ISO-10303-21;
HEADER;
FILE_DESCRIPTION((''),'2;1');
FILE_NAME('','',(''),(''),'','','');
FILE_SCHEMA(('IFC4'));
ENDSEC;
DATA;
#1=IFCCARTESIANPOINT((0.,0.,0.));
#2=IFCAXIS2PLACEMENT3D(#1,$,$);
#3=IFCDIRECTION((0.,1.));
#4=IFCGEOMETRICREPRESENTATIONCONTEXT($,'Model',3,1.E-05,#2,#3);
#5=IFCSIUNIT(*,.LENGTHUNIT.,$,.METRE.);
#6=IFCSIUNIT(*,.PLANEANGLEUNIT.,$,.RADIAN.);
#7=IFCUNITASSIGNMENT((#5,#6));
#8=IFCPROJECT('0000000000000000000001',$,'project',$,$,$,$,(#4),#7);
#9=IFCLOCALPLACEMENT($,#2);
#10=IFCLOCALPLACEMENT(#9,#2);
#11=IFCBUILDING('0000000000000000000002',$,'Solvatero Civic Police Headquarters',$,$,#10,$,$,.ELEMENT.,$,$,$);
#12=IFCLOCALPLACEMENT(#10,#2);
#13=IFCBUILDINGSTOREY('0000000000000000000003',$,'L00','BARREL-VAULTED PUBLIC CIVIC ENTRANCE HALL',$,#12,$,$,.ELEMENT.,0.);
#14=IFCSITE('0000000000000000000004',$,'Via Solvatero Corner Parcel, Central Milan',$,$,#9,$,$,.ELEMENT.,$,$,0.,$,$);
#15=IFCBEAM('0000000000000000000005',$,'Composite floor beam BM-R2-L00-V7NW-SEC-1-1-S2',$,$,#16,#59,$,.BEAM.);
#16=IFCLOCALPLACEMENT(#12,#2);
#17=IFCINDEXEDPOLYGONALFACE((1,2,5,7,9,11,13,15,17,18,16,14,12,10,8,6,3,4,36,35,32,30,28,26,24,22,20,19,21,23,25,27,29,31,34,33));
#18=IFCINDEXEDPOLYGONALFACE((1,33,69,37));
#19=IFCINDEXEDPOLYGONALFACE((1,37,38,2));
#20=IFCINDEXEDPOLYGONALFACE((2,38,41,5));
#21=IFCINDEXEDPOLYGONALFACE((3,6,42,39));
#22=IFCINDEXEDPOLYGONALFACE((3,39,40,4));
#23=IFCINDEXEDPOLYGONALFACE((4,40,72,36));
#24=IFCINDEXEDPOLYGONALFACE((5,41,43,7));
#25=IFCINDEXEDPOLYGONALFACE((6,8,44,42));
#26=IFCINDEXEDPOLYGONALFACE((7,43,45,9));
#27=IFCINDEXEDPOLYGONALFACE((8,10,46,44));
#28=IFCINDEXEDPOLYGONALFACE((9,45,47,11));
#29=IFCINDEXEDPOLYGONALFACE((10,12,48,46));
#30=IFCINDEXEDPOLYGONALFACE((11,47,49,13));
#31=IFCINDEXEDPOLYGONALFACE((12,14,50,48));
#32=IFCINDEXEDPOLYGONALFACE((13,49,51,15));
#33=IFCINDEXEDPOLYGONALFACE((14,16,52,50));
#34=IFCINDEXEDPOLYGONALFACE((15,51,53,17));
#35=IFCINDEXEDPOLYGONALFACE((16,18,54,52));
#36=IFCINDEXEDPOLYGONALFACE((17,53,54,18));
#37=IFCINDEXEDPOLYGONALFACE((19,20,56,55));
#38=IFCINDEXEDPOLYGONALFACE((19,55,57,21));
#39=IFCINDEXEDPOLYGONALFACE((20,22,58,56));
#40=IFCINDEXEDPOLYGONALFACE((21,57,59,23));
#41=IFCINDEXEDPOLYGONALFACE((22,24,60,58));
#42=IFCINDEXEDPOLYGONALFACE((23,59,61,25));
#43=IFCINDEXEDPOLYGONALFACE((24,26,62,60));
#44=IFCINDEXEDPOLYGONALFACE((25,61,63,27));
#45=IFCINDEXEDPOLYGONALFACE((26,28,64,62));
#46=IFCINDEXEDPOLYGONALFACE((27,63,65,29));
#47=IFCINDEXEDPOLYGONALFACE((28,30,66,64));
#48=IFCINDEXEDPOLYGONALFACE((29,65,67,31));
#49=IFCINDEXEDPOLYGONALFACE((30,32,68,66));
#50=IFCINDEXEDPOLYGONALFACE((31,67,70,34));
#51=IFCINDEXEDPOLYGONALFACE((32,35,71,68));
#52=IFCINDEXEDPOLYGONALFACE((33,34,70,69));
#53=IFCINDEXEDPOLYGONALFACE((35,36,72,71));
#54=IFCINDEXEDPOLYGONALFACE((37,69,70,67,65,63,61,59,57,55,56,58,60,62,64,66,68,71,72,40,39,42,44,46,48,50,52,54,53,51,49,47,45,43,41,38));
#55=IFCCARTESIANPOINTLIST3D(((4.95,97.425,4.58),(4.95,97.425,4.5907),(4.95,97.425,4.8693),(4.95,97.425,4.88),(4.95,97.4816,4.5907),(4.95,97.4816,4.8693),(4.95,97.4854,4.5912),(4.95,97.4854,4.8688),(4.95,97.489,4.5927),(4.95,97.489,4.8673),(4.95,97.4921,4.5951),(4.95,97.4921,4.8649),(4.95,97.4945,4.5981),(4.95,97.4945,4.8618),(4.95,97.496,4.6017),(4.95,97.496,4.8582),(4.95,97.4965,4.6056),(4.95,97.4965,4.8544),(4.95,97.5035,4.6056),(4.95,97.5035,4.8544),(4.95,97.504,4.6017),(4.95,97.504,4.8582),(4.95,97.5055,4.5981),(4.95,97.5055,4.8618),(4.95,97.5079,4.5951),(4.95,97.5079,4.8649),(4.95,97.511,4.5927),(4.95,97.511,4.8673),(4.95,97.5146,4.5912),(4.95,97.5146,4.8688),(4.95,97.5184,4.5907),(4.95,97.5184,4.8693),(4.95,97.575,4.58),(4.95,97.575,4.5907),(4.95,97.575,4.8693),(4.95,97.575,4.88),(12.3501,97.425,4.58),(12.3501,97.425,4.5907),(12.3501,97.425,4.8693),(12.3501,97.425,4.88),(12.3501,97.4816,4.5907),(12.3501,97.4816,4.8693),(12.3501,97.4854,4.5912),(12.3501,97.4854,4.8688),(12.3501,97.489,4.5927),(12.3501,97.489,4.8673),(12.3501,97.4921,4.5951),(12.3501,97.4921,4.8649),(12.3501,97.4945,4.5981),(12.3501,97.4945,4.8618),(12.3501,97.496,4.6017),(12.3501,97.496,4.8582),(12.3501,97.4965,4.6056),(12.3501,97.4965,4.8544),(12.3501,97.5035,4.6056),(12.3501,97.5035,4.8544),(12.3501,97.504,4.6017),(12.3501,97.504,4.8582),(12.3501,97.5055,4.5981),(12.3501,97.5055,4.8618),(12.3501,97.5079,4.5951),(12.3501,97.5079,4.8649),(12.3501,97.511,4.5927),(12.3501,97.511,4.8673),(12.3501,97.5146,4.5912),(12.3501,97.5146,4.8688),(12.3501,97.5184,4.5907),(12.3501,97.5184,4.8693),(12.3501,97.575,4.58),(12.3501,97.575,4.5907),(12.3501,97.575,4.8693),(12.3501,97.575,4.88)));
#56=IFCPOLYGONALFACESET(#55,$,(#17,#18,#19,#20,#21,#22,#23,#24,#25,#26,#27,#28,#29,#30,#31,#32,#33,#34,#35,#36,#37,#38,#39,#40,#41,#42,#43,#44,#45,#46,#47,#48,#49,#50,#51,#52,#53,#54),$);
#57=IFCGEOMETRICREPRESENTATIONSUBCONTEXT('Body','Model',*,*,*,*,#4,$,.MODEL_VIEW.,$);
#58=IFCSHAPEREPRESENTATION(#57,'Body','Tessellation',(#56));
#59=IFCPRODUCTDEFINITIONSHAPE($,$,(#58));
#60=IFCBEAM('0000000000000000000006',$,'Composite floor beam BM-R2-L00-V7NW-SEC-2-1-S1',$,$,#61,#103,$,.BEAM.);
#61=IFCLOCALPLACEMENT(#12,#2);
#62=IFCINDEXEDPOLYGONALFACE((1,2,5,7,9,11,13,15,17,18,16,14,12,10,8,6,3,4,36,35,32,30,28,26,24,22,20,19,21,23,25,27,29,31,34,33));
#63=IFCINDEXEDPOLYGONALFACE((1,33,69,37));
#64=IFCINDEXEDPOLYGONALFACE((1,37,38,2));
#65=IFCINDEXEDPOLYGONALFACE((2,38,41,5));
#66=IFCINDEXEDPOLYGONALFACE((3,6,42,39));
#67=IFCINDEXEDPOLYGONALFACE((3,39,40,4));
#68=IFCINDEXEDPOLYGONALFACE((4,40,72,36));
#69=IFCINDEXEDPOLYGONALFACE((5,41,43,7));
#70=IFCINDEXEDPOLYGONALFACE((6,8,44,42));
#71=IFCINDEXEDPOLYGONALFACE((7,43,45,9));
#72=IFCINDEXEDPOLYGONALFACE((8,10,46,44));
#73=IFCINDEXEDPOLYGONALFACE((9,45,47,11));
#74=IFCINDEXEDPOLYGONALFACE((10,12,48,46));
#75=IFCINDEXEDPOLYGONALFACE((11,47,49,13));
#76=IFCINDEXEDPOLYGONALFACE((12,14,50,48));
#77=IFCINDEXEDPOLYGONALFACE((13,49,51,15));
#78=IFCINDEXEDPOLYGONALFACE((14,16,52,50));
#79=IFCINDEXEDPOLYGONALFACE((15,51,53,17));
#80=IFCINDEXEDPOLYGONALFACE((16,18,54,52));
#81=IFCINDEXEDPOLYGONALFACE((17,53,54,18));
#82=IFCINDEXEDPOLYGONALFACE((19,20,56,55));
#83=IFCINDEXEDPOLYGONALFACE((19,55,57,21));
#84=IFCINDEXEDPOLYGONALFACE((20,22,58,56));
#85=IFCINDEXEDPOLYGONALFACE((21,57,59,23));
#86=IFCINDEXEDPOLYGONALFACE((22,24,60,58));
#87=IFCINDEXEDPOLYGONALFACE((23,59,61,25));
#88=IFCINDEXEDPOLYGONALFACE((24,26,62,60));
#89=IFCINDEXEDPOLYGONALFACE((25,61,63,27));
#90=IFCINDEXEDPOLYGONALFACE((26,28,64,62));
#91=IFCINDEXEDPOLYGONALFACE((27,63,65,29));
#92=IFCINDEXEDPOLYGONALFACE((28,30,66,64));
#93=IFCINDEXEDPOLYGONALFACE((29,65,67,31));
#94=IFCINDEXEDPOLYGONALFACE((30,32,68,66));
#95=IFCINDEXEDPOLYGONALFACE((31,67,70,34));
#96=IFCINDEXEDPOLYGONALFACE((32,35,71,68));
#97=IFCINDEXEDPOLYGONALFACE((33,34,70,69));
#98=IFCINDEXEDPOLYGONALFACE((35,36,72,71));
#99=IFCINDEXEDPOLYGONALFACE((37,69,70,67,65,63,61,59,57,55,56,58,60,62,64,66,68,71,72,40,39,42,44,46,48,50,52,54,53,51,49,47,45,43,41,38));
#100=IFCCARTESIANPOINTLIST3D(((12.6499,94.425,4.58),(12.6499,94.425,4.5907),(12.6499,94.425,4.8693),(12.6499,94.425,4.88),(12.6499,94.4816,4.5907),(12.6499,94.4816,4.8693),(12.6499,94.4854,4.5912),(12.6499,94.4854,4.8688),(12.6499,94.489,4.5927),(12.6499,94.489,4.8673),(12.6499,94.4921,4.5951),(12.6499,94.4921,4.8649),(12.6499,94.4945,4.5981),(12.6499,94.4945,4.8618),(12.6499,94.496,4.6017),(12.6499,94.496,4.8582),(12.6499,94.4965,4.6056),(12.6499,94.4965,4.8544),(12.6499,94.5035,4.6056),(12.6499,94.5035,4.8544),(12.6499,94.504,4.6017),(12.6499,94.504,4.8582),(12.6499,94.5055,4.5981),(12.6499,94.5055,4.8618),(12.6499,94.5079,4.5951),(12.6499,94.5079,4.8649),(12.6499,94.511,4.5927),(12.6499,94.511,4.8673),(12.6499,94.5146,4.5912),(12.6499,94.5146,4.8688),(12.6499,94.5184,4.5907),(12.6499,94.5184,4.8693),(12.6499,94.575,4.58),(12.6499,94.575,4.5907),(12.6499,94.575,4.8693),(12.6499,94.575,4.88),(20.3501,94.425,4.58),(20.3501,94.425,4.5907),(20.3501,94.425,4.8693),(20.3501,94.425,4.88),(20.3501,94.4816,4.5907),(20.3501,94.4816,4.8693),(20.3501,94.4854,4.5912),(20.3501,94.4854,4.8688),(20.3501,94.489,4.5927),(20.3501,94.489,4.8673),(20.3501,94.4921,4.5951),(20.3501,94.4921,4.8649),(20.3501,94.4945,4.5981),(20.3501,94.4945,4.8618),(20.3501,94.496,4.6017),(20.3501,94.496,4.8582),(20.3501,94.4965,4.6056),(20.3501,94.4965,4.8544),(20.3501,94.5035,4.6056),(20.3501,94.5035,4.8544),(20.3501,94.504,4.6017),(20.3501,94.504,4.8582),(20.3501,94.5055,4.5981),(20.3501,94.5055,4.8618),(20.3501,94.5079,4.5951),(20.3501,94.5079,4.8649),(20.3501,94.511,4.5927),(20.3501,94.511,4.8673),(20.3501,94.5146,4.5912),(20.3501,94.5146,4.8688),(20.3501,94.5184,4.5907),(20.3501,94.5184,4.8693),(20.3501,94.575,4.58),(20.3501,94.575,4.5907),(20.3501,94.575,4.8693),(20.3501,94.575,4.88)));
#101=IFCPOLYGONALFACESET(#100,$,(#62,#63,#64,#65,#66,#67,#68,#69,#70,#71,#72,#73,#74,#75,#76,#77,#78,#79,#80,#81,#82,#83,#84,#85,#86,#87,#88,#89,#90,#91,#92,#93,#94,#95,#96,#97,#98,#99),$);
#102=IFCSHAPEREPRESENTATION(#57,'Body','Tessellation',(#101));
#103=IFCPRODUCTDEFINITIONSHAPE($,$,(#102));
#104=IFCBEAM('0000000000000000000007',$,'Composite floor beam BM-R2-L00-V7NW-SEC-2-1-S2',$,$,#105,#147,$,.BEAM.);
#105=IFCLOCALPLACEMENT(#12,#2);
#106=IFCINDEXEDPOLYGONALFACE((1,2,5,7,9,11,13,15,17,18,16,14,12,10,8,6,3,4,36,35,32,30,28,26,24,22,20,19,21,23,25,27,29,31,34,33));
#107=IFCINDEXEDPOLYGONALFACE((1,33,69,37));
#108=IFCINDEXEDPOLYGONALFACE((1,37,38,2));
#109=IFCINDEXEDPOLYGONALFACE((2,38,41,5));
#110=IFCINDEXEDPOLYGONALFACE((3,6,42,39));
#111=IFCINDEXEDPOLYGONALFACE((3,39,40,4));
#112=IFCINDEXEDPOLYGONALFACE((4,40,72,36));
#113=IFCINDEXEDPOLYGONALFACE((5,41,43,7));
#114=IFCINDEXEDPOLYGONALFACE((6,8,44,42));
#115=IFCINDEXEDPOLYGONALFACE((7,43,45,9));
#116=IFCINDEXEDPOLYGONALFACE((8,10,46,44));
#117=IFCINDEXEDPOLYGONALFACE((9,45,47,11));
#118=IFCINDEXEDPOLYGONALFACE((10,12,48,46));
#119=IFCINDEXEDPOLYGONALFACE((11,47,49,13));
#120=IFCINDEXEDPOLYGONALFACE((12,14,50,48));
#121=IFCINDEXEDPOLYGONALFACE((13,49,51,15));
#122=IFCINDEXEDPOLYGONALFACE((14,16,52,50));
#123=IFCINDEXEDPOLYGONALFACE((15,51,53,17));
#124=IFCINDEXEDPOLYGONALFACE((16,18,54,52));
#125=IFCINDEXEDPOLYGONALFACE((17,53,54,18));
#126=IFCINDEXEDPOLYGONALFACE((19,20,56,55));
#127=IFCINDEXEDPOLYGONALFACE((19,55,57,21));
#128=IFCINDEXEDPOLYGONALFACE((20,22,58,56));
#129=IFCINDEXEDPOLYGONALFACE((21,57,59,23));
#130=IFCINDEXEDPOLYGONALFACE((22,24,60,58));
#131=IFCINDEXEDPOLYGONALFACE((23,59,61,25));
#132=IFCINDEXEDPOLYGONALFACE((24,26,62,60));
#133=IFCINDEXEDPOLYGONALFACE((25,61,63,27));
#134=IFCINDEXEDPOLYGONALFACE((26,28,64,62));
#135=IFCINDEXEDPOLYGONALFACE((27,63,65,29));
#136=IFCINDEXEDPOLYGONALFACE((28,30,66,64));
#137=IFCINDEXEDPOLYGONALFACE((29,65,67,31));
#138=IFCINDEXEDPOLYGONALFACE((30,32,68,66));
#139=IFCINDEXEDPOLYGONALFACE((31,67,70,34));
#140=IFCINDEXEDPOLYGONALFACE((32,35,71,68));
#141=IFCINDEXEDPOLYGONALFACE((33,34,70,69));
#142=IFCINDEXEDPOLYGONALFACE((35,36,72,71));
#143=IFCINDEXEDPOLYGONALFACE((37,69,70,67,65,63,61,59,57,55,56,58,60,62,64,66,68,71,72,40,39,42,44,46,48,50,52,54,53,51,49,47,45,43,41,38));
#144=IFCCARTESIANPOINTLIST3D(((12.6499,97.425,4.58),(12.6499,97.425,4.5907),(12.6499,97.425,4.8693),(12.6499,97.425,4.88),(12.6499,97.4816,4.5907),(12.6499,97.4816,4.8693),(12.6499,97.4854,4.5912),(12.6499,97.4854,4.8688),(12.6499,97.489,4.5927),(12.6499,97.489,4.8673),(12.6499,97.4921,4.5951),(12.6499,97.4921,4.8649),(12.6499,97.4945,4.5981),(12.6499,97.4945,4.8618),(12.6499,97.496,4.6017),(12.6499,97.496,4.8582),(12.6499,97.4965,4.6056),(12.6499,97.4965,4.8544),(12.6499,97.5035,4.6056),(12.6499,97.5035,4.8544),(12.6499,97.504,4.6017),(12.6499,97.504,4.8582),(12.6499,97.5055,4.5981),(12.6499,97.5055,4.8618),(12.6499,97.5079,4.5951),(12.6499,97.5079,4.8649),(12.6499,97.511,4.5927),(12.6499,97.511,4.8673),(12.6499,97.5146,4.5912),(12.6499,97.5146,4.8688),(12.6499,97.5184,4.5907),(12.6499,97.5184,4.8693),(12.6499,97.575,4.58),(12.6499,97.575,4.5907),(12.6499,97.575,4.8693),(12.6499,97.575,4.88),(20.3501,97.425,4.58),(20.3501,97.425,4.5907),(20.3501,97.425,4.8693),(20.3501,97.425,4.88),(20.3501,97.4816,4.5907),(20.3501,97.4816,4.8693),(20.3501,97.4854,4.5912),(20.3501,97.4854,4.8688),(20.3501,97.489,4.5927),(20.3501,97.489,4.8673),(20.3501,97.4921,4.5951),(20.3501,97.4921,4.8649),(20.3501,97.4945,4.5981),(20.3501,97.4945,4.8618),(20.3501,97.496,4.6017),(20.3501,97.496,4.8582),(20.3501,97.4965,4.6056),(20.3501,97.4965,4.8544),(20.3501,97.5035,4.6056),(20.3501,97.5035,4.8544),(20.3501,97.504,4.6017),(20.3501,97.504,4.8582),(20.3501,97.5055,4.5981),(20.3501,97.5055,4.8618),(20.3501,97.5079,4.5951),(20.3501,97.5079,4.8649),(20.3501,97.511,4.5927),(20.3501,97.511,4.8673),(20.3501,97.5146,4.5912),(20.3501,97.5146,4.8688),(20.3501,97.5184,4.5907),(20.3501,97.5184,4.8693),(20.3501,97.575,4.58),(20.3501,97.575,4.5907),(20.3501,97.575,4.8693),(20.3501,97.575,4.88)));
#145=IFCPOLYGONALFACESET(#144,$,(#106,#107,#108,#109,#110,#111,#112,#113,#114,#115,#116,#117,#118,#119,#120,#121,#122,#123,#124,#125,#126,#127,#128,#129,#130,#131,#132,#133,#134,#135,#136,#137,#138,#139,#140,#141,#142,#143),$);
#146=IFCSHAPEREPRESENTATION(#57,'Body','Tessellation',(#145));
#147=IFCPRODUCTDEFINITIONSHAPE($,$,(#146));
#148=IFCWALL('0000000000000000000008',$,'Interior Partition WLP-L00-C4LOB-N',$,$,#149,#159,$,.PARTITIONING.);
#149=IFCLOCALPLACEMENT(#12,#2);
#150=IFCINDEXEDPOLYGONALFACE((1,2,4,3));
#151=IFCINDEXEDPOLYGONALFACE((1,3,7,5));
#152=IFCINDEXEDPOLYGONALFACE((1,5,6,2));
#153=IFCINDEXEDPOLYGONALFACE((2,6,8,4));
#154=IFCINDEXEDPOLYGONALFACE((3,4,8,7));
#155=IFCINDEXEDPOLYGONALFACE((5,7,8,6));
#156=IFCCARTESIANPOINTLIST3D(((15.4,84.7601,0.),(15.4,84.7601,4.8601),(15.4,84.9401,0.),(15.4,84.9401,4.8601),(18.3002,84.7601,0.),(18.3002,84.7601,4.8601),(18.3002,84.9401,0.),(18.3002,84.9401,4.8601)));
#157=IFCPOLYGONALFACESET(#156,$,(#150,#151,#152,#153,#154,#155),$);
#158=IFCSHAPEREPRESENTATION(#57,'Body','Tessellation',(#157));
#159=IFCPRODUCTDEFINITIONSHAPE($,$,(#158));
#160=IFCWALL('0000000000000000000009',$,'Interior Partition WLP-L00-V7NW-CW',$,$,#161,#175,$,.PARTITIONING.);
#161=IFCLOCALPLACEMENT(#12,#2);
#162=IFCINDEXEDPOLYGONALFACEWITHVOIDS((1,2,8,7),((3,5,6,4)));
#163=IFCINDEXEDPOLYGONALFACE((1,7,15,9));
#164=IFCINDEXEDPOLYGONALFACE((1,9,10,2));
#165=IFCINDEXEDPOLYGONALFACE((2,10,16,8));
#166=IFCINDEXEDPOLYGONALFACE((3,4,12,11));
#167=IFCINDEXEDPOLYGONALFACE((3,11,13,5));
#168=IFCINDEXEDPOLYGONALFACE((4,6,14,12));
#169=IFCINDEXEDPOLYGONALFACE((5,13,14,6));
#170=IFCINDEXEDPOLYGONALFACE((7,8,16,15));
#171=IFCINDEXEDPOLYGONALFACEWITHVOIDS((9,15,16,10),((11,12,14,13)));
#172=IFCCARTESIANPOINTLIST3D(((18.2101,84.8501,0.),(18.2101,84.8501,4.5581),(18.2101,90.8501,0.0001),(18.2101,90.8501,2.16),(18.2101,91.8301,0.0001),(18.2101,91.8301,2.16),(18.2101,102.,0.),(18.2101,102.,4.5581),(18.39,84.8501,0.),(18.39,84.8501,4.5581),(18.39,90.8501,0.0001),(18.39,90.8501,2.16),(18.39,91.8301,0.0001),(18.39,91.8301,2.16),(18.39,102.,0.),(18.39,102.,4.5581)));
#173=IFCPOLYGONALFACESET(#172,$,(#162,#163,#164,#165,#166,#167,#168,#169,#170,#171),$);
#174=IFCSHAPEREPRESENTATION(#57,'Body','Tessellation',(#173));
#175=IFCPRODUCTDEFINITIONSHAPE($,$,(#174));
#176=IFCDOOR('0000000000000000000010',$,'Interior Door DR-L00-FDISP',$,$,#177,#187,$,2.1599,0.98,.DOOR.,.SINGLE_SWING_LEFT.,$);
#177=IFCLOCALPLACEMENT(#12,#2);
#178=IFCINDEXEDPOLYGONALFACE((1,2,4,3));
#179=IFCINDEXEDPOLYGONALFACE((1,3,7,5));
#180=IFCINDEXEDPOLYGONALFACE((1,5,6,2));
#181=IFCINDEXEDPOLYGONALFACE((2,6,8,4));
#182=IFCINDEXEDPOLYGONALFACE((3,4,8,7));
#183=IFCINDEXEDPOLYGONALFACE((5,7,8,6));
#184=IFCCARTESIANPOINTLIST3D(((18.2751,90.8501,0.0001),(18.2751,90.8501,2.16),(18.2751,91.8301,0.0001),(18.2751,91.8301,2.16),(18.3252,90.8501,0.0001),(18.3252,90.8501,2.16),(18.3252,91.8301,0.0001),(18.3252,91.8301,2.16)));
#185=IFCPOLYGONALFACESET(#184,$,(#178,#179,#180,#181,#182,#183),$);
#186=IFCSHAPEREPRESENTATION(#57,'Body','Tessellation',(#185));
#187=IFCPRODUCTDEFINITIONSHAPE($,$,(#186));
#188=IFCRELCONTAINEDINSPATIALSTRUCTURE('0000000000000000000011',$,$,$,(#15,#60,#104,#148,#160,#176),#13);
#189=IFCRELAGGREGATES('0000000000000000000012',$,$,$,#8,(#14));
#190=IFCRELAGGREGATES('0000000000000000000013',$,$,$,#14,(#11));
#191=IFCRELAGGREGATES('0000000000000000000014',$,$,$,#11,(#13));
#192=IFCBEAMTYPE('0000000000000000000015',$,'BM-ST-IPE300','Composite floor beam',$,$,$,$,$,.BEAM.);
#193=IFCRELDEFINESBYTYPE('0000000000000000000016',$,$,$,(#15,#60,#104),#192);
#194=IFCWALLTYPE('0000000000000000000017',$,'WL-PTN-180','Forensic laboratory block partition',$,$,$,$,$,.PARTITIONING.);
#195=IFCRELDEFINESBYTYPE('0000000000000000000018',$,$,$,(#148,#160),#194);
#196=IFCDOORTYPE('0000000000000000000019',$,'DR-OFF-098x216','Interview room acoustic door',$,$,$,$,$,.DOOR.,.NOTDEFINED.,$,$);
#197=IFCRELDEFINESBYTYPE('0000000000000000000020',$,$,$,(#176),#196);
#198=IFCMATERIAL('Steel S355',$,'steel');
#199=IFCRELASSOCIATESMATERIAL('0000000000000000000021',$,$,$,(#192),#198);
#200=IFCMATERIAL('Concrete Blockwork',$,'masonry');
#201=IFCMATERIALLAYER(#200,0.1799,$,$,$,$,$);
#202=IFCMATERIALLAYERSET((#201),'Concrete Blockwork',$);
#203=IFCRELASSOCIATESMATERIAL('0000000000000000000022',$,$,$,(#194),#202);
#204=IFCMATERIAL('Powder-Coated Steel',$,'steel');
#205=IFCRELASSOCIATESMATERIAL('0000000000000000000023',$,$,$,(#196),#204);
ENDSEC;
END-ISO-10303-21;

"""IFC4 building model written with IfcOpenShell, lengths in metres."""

from ifc_helpers import new_model, si_unit, direction, frame, frame_2d, origin, origin_2d, place, context, subcontext, project, spatial, rectangle, i_section, extrude, material, layer, layer_set, material_profile, profile_set, type_object, element, fill, save


model = new_model("IFC4")

# Units and contexts
model_context = context("Model", 3, precision=1e-05, world=origin(), true_north=direction((0.0, 1.0)))
body_context = subcontext(model_context, "Body", "Model", "MODEL_VIEW")
ifc_project = project(units=[si_unit("LENGTHUNIT", "METRE"), si_unit("PLANEANGLEUNIT", "RADIAN")], contexts=[model_context])

# Site, building, storey
site_placement = place(None, origin())
site = spatial("IfcSite", under=ifc_project, at=site_placement, Name="Via Solvatero Corner Parcel, Central Milan", CompositionType="ELEMENT", RefElevation=0.0)
building_placement = place(site_placement, origin())
building = spatial("IfcBuilding", under=site, at=building_placement, Name="Solvatero Civic Police Headquarters", CompositionType="ELEMENT")
storey_placement = place(building_placement, origin())
storey = spatial("IfcBuildingStorey", under=building, at=storey_placement, Name="L00", Description="BARREL-VAULTED PUBLIC CIVIC ENTRANCE HALL", CompositionType="ELEMENT", Elevation=0.0)

# Beams
ifc_material_1 = material(Name="Steel S355", Category="steel")
ifc_material_profile_1 = material_profile(ifc_material_1, i_section(OverallWidth=0.1499, OverallDepth=0.3, WebThickness=0.0071, FlangeThickness=0.0107, FilletRadius=0.0149, at=origin_2d()), Name="IPE 300")
ifc_profile_set_1 = profile_set([ifc_material_profile_1], Name="Steel S355")
beam_type_1 = type_object("IfcBeamType", Name="BM-ST-IPE300", Description="Composite floor beam", PredefinedType="BEAM", material=ifc_profile_set_1)
for number, where, z_axis, x_axis, name in (
    (1, (4.95, 97.5, 4.73), (1.0, 0.0, 0.0), (0.0, 1.0, 0.0), "Composite floor beam BM-R2-L00-V7NW-SEC-1-1-S2"),
):
    element("IfcBeam", number, at=place(storey_placement, frame(where, z_axis=z_axis, x_axis=x_axis)), inside=storey, type_object=beam_type_1, Name=name, PredefinedType="BEAM", context=body_context, shape_type="SweptSolid", body=[
        extrude(i_section(OverallWidth=0.1499, OverallDepth=0.3, WebThickness=0.0071, FlangeThickness=0.0107, FilletRadius=0.0149, at=origin_2d()), origin(), (0.0, 0.0, 1.0), 7.4001),
    ])
for number, where, z_axis, x_axis, name in (
    (2, (12.6499, 94.5, 4.73), (1.0, 0.0, 0.0), (0.0, 1.0, 0.0), "Composite floor beam BM-R2-L00-V7NW-SEC-2-1-S1"),
    (3, (12.6499, 97.5, 4.73), (1.0, 0.0, 0.0), (0.0, 1.0, 0.0), "Composite floor beam BM-R2-L00-V7NW-SEC-2-1-S2"),
):
    element("IfcBeam", number, at=place(storey_placement, frame(where, z_axis=z_axis, x_axis=x_axis)), inside=storey, type_object=beam_type_1, Name=name, PredefinedType="BEAM", context=body_context, shape_type="SweptSolid", body=[
        extrude(i_section(OverallWidth=0.1499, OverallDepth=0.3, WebThickness=0.0071, FlangeThickness=0.0107, FilletRadius=0.0149, at=origin_2d()), origin(), (0.0, 0.0, 1.0), 7.7002),
    ])

# Wall
ifc_material_2 = material(Name="Concrete Blockwork", Category="masonry")
ifc_layer_1 = layer(ifc_material_2, 0.1799)
ifc_layer_set_1 = layer_set([ifc_layer_1], Name="Concrete Blockwork")
wall_type = type_object("IfcWallType", Name="WL-PTN-180", Description="Forensic laboratory block partition", PredefinedType="PARTITIONING", material=ifc_layer_set_1)
wall_1_placement = place(storey_placement, frame((15.3999, 84.8501, 0.0), z_axis=(0.0, 0.0, 1.0), x_axis=(1.0, 0.0, 0.0)))
element("IfcWall", 4, at=wall_1_placement, inside=storey, type_object=wall_type, Name="Interior Partition WLP-L00-C4LOB-N", PredefinedType="PARTITIONING", context=body_context, shape_type="SweptSolid", body=[
    extrude(rectangle(XDim=2.9001, YDim=0.1799, at=frame_2d((1.4502, 0.0))), origin(), (0.0, 0.0, 1.0), 4.8601),
])

# Wall, opening, door
wall_2_placement = place(storey_placement, frame((18.3, 84.8501, 0.0), z_axis=(0.0, 0.0, 1.0), x_axis=(0.0, 1.0, 0.0)))
wall_2 = element("IfcWall", 5, at=wall_2_placement, inside=storey, type_object=wall_type, Name="Interior Partition WLP-L00-V7NW-CW", PredefinedType="PARTITIONING", context=body_context, shape_type="SweptSolid", body=[
    extrude(rectangle(XDim=17.1499, YDim=0.1799, at=frame_2d((8.575, 0.0))), origin(), (0.0, 0.0, 1.0), 4.5581),
])
opening_placement = place(wall_2_placement, frame((6.0, 0.0, 0.0)))
opening = element("IfcOpeningElement", 6, at=opening_placement, cuts=wall_2, PredefinedType="OPENING", context=body_context, shape_type="SweptSolid", body=[
    extrude(rectangle(XDim=0.98, YDim=2.1599, at=frame_2d((0.49, 1.0801))), frame((0.0, 0.0999, 0.0), z_axis=(0.0, -1.0, 0.0), x_axis=(1.0, 0.0, 0.0)), (0.0, 0.0, 1.0), 0.2),
])
ifc_material_3 = material(Name="Powder-Coated Steel", Category="steel")
door_type = type_object("IfcDoorType", Name="DR-OFF-098x216", Description="Interview room acoustic door", OperationType="NOTDEFINED", PredefinedType="DOOR", material=ifc_material_3)
door_placement = place(opening_placement, origin())
door = element("IfcDoor", 7, at=door_placement, inside=storey, type_object=door_type, Name="Interior Door DR-L00-FDISP", OperationType="SINGLE_SWING_LEFT", OverallHeight=2.1599, OverallWidth=0.98, PredefinedType="DOOR", context=body_context, shape_type="SweptSolid", body=[
    extrude(rectangle(XDim=0.98, YDim=2.1599, at=frame_2d((0.49, 1.0801))), frame((0.0, 0.0249, 0.0), z_axis=(0.0, -1.0, 0.0), x_axis=(1.0, 0.0, 0.0)), (0.0, 0.0, 1.0), 0.05),
])
fill(opening, door)

save(model, "model.ifc")
